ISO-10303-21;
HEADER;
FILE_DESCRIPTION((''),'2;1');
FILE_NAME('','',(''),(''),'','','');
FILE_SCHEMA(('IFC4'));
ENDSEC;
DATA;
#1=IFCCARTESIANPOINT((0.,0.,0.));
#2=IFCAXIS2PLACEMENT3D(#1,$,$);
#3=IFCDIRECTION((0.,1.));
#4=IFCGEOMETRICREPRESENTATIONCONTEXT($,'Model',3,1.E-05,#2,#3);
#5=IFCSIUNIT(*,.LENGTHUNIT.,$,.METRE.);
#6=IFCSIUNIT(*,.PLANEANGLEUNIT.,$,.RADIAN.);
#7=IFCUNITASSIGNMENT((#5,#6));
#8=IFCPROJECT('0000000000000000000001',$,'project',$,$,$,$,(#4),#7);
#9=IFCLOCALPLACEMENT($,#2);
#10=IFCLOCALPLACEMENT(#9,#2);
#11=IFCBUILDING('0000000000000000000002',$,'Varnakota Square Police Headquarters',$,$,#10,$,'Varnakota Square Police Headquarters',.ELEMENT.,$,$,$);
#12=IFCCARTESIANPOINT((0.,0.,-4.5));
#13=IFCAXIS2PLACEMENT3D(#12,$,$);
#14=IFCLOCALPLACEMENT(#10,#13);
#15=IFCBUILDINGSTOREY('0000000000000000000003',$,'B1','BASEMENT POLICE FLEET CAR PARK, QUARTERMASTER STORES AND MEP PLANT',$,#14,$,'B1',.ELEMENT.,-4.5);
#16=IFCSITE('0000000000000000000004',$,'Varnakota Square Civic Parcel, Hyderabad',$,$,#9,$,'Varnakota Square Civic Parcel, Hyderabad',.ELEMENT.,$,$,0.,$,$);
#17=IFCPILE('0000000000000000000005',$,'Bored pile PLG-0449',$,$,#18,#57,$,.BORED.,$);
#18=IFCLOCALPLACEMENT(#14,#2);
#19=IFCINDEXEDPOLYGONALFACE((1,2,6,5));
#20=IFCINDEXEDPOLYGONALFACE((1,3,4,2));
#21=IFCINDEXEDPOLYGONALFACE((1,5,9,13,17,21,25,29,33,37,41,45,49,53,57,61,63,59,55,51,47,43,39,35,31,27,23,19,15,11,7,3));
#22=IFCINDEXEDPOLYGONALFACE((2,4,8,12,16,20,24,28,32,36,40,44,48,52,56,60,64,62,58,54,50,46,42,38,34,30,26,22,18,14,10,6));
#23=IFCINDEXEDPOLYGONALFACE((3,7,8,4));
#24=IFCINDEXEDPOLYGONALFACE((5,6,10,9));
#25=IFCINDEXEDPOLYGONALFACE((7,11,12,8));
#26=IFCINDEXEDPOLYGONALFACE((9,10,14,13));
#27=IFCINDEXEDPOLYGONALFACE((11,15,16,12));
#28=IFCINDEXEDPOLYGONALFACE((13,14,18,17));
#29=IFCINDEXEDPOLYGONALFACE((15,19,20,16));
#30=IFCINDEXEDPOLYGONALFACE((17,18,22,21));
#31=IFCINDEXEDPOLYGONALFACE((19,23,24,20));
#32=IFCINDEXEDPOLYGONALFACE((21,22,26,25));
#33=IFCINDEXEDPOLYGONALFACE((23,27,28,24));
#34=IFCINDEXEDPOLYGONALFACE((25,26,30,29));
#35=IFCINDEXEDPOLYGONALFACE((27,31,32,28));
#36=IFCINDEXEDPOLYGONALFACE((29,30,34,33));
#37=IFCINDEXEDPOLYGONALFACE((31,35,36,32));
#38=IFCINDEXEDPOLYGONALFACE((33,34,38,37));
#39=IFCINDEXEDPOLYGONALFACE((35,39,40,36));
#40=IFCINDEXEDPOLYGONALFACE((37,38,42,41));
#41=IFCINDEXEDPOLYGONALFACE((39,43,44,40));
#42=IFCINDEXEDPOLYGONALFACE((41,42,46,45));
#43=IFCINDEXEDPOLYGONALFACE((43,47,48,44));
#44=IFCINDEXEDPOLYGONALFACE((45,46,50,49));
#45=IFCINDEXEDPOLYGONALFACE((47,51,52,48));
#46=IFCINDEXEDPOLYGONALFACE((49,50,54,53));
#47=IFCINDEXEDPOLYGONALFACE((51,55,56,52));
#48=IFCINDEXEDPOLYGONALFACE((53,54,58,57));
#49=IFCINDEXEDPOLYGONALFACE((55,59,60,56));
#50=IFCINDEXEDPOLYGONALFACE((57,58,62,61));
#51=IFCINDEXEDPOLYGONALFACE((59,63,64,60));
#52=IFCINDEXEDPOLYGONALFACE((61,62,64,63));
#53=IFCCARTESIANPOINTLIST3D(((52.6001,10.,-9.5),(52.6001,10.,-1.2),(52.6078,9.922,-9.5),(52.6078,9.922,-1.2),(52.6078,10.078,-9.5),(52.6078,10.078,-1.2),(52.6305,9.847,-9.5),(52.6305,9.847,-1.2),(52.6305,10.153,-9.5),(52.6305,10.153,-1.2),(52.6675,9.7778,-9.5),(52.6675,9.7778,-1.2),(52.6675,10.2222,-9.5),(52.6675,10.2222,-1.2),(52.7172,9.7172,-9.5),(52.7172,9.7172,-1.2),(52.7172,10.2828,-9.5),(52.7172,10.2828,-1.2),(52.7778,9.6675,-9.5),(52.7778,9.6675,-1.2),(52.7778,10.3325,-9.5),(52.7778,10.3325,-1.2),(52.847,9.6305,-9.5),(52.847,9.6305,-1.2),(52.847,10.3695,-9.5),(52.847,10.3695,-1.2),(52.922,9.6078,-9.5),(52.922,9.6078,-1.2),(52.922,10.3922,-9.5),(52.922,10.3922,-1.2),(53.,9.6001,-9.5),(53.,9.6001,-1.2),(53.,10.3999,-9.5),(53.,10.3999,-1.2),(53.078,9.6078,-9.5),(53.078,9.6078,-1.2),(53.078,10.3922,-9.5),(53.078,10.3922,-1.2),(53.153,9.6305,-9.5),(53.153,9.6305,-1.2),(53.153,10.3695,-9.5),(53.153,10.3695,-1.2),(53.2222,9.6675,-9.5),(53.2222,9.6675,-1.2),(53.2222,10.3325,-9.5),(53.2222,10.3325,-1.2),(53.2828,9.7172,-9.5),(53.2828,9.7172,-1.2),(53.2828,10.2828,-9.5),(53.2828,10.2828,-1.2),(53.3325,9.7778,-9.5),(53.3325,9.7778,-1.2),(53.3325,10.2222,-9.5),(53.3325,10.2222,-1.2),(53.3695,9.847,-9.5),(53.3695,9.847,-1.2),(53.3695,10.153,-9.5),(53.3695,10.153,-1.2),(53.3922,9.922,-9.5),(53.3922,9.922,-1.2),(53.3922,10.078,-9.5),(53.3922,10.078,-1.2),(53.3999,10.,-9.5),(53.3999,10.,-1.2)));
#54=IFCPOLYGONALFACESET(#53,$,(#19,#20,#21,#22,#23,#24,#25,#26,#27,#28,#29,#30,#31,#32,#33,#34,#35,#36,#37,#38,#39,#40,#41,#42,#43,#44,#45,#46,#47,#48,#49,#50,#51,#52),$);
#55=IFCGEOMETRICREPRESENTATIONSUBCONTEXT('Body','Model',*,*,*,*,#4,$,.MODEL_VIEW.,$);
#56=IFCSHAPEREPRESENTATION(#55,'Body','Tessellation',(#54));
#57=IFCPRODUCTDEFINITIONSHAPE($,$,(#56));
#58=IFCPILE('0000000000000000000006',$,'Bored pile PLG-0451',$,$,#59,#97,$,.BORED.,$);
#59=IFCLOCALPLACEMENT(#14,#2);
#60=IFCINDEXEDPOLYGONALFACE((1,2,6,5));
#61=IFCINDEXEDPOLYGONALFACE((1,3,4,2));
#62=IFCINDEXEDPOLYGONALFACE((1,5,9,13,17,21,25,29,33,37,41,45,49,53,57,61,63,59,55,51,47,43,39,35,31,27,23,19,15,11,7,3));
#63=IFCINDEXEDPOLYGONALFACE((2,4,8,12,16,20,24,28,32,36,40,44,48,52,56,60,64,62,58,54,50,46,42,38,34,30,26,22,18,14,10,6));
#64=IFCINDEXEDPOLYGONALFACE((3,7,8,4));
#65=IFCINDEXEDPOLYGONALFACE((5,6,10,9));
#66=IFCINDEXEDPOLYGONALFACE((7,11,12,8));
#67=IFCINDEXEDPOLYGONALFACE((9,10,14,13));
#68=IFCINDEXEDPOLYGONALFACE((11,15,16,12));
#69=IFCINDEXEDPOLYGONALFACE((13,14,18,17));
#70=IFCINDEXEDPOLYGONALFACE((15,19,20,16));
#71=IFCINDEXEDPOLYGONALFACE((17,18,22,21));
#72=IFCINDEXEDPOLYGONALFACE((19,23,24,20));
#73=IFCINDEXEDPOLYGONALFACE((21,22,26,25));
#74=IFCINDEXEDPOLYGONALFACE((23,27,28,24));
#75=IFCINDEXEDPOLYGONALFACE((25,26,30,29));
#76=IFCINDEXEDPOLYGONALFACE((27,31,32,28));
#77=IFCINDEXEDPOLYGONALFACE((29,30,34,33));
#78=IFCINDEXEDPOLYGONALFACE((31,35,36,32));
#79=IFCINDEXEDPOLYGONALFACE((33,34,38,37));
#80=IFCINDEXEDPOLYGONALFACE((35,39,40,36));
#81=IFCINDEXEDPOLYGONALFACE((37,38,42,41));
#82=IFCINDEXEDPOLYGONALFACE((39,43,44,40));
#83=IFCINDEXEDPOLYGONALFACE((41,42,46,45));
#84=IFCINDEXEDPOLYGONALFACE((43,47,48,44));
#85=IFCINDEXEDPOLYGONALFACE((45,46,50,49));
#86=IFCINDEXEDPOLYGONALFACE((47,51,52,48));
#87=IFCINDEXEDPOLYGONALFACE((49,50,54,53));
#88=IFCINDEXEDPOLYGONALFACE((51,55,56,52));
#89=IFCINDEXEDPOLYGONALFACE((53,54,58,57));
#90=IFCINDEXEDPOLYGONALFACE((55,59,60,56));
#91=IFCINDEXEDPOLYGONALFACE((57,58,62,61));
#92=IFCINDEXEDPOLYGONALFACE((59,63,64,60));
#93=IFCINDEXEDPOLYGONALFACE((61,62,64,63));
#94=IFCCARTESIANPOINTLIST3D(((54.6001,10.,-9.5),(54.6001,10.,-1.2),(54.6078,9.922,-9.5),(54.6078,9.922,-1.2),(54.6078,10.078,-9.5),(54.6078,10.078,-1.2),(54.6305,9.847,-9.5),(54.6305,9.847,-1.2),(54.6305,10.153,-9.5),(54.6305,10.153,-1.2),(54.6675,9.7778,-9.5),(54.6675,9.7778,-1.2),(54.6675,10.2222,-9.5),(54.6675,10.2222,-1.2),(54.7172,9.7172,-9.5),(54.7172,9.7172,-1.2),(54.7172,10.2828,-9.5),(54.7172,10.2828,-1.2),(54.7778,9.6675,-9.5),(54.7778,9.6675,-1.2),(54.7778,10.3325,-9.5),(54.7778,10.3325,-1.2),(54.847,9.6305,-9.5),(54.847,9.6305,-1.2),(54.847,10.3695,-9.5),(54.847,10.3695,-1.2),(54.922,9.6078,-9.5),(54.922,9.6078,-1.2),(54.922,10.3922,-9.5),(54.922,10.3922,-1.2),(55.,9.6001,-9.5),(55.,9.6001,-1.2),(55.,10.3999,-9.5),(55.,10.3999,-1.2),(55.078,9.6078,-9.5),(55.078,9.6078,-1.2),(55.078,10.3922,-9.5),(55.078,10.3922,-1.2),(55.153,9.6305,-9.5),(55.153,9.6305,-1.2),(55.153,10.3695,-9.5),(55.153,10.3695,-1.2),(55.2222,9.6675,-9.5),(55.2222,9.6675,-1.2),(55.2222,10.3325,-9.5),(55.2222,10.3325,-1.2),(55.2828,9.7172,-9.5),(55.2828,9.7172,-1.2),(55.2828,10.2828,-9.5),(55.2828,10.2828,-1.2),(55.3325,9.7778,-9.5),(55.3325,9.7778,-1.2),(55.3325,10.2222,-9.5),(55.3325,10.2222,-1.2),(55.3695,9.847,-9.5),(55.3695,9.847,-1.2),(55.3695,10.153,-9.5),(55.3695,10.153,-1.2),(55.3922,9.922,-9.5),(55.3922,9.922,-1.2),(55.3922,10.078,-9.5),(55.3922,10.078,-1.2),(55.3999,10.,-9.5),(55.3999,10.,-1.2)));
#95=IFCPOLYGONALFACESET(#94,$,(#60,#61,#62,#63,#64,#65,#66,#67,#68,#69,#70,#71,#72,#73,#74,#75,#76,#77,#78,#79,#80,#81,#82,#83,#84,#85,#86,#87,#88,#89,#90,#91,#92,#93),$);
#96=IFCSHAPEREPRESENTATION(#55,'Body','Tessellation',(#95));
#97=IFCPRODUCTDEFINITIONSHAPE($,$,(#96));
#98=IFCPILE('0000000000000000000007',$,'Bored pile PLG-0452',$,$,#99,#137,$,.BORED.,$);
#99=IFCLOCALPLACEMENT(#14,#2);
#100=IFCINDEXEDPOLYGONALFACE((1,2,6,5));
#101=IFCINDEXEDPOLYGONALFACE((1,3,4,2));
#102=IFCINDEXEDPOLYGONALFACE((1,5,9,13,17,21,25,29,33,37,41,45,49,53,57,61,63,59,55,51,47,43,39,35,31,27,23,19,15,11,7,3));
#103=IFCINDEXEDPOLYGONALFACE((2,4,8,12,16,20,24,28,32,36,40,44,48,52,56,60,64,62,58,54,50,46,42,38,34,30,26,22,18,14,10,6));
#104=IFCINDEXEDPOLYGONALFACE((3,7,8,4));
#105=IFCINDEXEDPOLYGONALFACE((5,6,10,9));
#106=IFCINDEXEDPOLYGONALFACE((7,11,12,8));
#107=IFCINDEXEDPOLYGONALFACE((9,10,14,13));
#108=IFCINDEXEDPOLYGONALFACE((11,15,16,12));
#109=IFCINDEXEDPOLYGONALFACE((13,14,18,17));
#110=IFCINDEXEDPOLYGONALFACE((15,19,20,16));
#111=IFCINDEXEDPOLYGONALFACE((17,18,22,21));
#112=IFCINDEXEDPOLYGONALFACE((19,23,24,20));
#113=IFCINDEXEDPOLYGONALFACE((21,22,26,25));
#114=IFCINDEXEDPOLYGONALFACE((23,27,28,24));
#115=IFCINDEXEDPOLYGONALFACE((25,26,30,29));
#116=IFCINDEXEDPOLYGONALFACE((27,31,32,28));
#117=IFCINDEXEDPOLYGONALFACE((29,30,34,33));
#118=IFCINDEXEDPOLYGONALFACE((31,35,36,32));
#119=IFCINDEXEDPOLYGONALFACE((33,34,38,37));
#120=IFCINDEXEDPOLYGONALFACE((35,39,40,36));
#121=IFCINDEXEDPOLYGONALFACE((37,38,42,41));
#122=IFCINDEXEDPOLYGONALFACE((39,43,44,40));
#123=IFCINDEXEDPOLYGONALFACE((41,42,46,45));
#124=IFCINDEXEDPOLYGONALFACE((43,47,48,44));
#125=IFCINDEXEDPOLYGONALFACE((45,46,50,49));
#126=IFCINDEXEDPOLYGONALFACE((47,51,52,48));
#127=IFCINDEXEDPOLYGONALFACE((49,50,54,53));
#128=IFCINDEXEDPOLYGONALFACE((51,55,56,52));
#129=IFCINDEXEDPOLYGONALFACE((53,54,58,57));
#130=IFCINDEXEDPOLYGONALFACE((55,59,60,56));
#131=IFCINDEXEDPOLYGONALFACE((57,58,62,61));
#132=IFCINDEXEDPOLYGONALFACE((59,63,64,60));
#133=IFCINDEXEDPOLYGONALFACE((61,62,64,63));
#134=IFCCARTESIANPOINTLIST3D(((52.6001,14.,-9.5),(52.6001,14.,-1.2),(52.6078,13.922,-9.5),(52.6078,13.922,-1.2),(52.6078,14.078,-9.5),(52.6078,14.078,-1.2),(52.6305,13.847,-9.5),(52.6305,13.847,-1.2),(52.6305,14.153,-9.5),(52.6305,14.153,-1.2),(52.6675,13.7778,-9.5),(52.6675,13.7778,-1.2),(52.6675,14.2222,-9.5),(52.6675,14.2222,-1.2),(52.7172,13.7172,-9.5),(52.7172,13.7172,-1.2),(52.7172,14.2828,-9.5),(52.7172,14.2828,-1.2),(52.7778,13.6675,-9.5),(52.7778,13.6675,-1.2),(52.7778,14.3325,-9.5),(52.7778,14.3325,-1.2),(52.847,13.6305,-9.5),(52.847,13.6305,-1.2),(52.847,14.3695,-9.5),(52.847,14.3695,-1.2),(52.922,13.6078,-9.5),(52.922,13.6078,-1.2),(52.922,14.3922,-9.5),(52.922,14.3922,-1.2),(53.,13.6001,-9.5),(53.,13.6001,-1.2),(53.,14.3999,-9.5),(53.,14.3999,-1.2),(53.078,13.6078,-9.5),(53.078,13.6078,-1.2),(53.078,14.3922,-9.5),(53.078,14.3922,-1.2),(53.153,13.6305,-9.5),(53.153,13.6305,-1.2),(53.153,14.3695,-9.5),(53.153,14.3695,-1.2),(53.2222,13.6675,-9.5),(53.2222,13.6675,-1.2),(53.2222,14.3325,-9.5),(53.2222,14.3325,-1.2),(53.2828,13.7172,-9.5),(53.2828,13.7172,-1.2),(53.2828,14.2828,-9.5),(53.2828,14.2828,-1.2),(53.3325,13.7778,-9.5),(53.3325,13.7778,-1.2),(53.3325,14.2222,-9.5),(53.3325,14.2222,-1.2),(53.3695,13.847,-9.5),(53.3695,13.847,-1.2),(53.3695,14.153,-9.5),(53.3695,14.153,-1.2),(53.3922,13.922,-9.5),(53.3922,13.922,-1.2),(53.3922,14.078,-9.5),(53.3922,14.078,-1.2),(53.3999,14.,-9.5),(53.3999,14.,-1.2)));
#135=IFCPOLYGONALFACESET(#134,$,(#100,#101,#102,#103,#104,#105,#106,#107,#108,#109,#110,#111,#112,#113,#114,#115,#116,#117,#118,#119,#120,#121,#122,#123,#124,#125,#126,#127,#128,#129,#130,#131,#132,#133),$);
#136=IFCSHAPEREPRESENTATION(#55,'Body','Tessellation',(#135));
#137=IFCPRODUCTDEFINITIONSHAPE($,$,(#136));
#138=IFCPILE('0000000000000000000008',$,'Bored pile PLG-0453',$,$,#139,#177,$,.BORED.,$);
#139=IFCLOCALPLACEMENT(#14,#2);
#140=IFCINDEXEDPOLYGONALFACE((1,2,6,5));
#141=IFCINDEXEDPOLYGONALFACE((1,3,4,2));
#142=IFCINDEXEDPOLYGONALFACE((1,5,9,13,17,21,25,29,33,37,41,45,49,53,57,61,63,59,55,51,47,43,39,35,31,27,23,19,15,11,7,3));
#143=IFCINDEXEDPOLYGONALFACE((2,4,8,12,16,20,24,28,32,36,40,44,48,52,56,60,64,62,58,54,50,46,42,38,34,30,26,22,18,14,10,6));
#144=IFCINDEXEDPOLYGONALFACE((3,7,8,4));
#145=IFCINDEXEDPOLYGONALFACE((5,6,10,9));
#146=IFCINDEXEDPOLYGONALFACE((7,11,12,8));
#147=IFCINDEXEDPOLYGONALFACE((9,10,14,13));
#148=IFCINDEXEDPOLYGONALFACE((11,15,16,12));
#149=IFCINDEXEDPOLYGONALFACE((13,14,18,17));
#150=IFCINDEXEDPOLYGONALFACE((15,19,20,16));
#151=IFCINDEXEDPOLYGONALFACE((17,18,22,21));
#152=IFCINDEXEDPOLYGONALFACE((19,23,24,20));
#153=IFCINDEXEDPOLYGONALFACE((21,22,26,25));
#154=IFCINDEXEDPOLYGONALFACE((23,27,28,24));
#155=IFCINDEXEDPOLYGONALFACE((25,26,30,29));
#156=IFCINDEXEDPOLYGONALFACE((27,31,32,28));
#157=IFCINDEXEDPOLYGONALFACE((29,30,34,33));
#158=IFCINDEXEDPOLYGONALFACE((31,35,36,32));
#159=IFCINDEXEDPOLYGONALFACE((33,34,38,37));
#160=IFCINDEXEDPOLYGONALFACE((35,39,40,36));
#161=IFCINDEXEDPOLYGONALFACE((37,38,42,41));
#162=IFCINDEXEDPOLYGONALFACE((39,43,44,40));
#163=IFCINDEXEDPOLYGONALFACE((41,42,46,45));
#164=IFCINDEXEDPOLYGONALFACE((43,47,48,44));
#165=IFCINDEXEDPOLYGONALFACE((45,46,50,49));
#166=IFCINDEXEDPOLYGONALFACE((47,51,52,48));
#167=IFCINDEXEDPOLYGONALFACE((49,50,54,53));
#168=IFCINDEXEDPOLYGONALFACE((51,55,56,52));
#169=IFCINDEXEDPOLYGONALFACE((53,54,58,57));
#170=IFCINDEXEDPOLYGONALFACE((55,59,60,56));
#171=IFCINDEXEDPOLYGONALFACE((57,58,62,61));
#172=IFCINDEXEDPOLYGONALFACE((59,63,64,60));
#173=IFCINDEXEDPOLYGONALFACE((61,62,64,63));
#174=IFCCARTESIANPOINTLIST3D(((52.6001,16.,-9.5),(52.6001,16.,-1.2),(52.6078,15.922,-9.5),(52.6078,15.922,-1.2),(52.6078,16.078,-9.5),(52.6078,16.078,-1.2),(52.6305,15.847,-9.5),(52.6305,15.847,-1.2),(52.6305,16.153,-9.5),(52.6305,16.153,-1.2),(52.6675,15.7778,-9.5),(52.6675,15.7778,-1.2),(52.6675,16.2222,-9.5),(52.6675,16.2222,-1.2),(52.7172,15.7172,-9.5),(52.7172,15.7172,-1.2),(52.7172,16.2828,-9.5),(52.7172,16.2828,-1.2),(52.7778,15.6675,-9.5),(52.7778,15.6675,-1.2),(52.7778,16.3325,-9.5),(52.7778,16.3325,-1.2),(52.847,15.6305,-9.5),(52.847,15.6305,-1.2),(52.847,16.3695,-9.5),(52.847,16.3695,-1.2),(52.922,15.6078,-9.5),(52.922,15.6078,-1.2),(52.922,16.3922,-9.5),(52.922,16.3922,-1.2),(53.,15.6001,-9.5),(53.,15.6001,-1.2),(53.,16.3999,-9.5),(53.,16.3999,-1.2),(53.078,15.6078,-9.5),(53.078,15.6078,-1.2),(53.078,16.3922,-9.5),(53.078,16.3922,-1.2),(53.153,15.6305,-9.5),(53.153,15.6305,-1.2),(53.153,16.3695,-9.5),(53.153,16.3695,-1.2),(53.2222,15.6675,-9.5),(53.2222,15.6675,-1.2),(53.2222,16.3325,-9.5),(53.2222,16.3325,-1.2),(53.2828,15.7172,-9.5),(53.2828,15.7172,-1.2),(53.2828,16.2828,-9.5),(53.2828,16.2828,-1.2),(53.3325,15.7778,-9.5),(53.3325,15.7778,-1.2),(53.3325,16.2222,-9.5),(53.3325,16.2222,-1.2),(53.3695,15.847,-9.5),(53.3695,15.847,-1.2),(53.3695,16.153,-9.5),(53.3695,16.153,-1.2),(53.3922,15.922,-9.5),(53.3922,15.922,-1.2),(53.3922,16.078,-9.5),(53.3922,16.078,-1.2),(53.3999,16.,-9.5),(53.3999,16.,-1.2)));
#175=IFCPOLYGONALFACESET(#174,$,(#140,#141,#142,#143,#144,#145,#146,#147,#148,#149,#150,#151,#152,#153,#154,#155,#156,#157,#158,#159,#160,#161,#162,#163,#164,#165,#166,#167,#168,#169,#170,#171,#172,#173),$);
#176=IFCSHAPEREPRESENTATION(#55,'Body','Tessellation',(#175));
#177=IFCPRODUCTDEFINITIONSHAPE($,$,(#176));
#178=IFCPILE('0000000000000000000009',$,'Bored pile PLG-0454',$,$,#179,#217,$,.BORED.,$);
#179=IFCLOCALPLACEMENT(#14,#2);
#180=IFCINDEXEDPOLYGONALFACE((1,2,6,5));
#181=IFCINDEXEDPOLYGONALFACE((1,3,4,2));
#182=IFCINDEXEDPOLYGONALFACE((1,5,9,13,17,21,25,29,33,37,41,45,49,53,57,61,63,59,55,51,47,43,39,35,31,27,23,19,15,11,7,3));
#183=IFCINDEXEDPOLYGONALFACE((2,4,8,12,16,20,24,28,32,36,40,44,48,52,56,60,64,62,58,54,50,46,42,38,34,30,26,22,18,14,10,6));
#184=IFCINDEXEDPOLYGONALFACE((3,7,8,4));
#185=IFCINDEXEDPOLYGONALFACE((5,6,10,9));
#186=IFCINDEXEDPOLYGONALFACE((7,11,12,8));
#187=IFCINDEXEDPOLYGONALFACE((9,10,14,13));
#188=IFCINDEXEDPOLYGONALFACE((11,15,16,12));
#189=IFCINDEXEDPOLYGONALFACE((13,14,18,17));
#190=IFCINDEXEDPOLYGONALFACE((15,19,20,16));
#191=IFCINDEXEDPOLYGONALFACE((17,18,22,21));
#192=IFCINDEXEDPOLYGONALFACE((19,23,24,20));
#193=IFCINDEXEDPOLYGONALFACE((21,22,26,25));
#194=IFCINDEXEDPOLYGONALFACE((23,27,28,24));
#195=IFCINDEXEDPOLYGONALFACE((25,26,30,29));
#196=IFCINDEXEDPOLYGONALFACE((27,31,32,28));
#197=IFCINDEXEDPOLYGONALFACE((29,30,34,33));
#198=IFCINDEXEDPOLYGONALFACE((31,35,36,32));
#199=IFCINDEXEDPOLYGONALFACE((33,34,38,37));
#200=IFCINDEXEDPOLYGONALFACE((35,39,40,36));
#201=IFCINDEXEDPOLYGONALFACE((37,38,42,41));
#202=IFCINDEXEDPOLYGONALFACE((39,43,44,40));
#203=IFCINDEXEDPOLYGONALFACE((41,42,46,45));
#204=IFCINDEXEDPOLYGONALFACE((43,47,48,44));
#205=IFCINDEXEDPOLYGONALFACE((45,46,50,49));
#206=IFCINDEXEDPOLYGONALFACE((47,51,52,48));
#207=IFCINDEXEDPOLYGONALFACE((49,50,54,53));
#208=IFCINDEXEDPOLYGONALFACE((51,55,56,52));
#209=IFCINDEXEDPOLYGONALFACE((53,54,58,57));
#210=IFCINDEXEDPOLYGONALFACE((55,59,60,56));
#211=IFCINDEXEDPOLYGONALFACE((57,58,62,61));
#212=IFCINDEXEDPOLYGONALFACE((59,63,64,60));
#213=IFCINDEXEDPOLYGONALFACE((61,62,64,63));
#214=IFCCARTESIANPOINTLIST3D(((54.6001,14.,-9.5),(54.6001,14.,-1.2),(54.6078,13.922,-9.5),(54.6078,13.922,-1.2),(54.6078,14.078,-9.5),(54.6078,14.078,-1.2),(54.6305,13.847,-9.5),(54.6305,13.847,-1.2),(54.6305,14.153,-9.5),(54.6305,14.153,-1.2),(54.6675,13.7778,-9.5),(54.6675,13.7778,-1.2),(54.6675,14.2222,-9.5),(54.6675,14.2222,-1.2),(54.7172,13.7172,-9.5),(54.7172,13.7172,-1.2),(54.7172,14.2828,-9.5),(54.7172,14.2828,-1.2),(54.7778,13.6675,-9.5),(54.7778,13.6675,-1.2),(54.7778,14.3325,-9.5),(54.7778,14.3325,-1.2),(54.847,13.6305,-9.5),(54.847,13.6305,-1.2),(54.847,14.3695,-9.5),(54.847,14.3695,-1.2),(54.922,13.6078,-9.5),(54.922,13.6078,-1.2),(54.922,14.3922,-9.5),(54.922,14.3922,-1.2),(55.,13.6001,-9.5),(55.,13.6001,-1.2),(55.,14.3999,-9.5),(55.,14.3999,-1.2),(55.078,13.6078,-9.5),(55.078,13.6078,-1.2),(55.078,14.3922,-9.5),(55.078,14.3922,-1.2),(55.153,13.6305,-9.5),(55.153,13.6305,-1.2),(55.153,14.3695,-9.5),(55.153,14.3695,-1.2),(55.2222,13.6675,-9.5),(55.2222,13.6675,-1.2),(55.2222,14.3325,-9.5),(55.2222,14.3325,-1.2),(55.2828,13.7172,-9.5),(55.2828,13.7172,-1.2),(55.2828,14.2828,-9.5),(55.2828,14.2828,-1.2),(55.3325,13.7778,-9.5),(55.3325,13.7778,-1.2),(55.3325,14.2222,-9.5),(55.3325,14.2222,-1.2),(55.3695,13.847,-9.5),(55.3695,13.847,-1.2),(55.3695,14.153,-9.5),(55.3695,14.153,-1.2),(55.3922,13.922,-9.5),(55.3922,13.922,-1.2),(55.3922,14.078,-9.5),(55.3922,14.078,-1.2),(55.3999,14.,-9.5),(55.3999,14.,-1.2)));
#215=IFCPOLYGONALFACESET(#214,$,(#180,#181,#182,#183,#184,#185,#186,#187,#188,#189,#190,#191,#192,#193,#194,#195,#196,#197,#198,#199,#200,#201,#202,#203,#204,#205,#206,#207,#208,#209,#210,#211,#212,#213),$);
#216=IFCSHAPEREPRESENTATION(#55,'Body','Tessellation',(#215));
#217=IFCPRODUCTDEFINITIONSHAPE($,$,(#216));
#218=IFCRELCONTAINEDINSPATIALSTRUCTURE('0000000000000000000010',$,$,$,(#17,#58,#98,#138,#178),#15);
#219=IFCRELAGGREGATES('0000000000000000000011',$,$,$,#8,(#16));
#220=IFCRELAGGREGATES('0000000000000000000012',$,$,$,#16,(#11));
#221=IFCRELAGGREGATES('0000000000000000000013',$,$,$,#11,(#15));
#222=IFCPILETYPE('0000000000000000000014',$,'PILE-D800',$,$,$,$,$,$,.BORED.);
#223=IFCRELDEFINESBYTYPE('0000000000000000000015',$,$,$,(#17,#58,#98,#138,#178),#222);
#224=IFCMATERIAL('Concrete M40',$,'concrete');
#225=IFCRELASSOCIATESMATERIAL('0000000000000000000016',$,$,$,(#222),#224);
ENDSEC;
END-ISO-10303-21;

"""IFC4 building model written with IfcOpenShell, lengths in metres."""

from ifc_helpers import new_model, si_unit, direction, frame, origin, origin_2d, place, context, subcontext, project, spatial, circle, extrude, material, material_profile, profile_set, type_object, element, save


model = new_model("IFC4")

# Units and contexts
model_context = context("Model", 3, precision=1e-05, world=origin(), true_north=direction((0.0, 1.0)))
body_context = subcontext(model_context, "Body", "Model", "MODEL_VIEW")
ifc_project = project(units=[si_unit("LENGTHUNIT", "METRE"), si_unit("PLANEANGLEUNIT", "RADIAN")], contexts=[model_context])

# Site, building, storey
site_placement = place(None, origin())
site = spatial("IfcSite", under=ifc_project, at=site_placement, Name="Varnakota Square Civic Parcel, Hyderabad", LongName="Varnakota Square Civic Parcel, Hyderabad", CompositionType="ELEMENT", RefElevation=0.0)
building_placement = place(site_placement, origin())
building = spatial("IfcBuilding", under=site, at=building_placement, Name="Varnakota Square Police Headquarters", LongName="Varnakota Square Police Headquarters", CompositionType="ELEMENT")
storey_placement = place(building_placement, frame((0.0, 0.0, -4.5)))
storey = spatial("IfcBuildingStorey", under=building, at=storey_placement, Name="B1", Description="BASEMENT POLICE FLEET CAR PARK, QUARTERMASTER STORES AND MEP PLANT", LongName="B1", CompositionType="ELEMENT", Elevation=-4.5)

# Shared definitions
ifc_material_1 = material(Name="Concrete M40", Category="concrete")

# Piles
ifc_material_profile_1 = material_profile(ifc_material_1, circle(Radius=0.3999, at=origin_2d()), Name="BORED PILE 800")
ifc_profile_set_1 = profile_set([ifc_material_profile_1], Name="Concrete M40")
pile_type = type_object("IfcPileType", Name="PILE-D800", PredefinedType="BORED", material=ifc_profile_set_1)
for number, where, z_axis, x_axis, name in (
    (1, (53.0, 10.0, -1.2), (0.0, 0.0, -1.0), (1.0, 0.0, 0.0), "Bored pile PLG-0449"),
    (2, (55.0, 10.0, -1.2), (0.0, 0.0, -1.0), (1.0, 0.0, 0.0), "Bored pile PLG-0451"),
    (3, (53.0, 14.0, -1.2), (0.0, 0.0, -1.0), (1.0, 0.0, 0.0), "Bored pile PLG-0452"),
    (4, (53.0, 16.0, -1.2), (0.0, 0.0, -1.0), (1.0, 0.0, 0.0), "Bored pile PLG-0453"),
    (5, (55.0, 14.0, -1.2), (0.0, 0.0, -1.0), (1.0, 0.0, 0.0), "Bored pile PLG-0454"),
):
    element("IfcPile", number, at=place(storey_placement, frame(where, z_axis=z_axis, x_axis=x_axis)), inside=storey, type_object=pile_type, Name=name, PredefinedType="BORED", context=body_context, shape_type="SweptSolid", body=[
        extrude(circle(Radius=0.3999, at=origin_2d()), origin(), (0.0, 0.0, 1.0), 8.3),
    ])

save(model, "model.ifc")
